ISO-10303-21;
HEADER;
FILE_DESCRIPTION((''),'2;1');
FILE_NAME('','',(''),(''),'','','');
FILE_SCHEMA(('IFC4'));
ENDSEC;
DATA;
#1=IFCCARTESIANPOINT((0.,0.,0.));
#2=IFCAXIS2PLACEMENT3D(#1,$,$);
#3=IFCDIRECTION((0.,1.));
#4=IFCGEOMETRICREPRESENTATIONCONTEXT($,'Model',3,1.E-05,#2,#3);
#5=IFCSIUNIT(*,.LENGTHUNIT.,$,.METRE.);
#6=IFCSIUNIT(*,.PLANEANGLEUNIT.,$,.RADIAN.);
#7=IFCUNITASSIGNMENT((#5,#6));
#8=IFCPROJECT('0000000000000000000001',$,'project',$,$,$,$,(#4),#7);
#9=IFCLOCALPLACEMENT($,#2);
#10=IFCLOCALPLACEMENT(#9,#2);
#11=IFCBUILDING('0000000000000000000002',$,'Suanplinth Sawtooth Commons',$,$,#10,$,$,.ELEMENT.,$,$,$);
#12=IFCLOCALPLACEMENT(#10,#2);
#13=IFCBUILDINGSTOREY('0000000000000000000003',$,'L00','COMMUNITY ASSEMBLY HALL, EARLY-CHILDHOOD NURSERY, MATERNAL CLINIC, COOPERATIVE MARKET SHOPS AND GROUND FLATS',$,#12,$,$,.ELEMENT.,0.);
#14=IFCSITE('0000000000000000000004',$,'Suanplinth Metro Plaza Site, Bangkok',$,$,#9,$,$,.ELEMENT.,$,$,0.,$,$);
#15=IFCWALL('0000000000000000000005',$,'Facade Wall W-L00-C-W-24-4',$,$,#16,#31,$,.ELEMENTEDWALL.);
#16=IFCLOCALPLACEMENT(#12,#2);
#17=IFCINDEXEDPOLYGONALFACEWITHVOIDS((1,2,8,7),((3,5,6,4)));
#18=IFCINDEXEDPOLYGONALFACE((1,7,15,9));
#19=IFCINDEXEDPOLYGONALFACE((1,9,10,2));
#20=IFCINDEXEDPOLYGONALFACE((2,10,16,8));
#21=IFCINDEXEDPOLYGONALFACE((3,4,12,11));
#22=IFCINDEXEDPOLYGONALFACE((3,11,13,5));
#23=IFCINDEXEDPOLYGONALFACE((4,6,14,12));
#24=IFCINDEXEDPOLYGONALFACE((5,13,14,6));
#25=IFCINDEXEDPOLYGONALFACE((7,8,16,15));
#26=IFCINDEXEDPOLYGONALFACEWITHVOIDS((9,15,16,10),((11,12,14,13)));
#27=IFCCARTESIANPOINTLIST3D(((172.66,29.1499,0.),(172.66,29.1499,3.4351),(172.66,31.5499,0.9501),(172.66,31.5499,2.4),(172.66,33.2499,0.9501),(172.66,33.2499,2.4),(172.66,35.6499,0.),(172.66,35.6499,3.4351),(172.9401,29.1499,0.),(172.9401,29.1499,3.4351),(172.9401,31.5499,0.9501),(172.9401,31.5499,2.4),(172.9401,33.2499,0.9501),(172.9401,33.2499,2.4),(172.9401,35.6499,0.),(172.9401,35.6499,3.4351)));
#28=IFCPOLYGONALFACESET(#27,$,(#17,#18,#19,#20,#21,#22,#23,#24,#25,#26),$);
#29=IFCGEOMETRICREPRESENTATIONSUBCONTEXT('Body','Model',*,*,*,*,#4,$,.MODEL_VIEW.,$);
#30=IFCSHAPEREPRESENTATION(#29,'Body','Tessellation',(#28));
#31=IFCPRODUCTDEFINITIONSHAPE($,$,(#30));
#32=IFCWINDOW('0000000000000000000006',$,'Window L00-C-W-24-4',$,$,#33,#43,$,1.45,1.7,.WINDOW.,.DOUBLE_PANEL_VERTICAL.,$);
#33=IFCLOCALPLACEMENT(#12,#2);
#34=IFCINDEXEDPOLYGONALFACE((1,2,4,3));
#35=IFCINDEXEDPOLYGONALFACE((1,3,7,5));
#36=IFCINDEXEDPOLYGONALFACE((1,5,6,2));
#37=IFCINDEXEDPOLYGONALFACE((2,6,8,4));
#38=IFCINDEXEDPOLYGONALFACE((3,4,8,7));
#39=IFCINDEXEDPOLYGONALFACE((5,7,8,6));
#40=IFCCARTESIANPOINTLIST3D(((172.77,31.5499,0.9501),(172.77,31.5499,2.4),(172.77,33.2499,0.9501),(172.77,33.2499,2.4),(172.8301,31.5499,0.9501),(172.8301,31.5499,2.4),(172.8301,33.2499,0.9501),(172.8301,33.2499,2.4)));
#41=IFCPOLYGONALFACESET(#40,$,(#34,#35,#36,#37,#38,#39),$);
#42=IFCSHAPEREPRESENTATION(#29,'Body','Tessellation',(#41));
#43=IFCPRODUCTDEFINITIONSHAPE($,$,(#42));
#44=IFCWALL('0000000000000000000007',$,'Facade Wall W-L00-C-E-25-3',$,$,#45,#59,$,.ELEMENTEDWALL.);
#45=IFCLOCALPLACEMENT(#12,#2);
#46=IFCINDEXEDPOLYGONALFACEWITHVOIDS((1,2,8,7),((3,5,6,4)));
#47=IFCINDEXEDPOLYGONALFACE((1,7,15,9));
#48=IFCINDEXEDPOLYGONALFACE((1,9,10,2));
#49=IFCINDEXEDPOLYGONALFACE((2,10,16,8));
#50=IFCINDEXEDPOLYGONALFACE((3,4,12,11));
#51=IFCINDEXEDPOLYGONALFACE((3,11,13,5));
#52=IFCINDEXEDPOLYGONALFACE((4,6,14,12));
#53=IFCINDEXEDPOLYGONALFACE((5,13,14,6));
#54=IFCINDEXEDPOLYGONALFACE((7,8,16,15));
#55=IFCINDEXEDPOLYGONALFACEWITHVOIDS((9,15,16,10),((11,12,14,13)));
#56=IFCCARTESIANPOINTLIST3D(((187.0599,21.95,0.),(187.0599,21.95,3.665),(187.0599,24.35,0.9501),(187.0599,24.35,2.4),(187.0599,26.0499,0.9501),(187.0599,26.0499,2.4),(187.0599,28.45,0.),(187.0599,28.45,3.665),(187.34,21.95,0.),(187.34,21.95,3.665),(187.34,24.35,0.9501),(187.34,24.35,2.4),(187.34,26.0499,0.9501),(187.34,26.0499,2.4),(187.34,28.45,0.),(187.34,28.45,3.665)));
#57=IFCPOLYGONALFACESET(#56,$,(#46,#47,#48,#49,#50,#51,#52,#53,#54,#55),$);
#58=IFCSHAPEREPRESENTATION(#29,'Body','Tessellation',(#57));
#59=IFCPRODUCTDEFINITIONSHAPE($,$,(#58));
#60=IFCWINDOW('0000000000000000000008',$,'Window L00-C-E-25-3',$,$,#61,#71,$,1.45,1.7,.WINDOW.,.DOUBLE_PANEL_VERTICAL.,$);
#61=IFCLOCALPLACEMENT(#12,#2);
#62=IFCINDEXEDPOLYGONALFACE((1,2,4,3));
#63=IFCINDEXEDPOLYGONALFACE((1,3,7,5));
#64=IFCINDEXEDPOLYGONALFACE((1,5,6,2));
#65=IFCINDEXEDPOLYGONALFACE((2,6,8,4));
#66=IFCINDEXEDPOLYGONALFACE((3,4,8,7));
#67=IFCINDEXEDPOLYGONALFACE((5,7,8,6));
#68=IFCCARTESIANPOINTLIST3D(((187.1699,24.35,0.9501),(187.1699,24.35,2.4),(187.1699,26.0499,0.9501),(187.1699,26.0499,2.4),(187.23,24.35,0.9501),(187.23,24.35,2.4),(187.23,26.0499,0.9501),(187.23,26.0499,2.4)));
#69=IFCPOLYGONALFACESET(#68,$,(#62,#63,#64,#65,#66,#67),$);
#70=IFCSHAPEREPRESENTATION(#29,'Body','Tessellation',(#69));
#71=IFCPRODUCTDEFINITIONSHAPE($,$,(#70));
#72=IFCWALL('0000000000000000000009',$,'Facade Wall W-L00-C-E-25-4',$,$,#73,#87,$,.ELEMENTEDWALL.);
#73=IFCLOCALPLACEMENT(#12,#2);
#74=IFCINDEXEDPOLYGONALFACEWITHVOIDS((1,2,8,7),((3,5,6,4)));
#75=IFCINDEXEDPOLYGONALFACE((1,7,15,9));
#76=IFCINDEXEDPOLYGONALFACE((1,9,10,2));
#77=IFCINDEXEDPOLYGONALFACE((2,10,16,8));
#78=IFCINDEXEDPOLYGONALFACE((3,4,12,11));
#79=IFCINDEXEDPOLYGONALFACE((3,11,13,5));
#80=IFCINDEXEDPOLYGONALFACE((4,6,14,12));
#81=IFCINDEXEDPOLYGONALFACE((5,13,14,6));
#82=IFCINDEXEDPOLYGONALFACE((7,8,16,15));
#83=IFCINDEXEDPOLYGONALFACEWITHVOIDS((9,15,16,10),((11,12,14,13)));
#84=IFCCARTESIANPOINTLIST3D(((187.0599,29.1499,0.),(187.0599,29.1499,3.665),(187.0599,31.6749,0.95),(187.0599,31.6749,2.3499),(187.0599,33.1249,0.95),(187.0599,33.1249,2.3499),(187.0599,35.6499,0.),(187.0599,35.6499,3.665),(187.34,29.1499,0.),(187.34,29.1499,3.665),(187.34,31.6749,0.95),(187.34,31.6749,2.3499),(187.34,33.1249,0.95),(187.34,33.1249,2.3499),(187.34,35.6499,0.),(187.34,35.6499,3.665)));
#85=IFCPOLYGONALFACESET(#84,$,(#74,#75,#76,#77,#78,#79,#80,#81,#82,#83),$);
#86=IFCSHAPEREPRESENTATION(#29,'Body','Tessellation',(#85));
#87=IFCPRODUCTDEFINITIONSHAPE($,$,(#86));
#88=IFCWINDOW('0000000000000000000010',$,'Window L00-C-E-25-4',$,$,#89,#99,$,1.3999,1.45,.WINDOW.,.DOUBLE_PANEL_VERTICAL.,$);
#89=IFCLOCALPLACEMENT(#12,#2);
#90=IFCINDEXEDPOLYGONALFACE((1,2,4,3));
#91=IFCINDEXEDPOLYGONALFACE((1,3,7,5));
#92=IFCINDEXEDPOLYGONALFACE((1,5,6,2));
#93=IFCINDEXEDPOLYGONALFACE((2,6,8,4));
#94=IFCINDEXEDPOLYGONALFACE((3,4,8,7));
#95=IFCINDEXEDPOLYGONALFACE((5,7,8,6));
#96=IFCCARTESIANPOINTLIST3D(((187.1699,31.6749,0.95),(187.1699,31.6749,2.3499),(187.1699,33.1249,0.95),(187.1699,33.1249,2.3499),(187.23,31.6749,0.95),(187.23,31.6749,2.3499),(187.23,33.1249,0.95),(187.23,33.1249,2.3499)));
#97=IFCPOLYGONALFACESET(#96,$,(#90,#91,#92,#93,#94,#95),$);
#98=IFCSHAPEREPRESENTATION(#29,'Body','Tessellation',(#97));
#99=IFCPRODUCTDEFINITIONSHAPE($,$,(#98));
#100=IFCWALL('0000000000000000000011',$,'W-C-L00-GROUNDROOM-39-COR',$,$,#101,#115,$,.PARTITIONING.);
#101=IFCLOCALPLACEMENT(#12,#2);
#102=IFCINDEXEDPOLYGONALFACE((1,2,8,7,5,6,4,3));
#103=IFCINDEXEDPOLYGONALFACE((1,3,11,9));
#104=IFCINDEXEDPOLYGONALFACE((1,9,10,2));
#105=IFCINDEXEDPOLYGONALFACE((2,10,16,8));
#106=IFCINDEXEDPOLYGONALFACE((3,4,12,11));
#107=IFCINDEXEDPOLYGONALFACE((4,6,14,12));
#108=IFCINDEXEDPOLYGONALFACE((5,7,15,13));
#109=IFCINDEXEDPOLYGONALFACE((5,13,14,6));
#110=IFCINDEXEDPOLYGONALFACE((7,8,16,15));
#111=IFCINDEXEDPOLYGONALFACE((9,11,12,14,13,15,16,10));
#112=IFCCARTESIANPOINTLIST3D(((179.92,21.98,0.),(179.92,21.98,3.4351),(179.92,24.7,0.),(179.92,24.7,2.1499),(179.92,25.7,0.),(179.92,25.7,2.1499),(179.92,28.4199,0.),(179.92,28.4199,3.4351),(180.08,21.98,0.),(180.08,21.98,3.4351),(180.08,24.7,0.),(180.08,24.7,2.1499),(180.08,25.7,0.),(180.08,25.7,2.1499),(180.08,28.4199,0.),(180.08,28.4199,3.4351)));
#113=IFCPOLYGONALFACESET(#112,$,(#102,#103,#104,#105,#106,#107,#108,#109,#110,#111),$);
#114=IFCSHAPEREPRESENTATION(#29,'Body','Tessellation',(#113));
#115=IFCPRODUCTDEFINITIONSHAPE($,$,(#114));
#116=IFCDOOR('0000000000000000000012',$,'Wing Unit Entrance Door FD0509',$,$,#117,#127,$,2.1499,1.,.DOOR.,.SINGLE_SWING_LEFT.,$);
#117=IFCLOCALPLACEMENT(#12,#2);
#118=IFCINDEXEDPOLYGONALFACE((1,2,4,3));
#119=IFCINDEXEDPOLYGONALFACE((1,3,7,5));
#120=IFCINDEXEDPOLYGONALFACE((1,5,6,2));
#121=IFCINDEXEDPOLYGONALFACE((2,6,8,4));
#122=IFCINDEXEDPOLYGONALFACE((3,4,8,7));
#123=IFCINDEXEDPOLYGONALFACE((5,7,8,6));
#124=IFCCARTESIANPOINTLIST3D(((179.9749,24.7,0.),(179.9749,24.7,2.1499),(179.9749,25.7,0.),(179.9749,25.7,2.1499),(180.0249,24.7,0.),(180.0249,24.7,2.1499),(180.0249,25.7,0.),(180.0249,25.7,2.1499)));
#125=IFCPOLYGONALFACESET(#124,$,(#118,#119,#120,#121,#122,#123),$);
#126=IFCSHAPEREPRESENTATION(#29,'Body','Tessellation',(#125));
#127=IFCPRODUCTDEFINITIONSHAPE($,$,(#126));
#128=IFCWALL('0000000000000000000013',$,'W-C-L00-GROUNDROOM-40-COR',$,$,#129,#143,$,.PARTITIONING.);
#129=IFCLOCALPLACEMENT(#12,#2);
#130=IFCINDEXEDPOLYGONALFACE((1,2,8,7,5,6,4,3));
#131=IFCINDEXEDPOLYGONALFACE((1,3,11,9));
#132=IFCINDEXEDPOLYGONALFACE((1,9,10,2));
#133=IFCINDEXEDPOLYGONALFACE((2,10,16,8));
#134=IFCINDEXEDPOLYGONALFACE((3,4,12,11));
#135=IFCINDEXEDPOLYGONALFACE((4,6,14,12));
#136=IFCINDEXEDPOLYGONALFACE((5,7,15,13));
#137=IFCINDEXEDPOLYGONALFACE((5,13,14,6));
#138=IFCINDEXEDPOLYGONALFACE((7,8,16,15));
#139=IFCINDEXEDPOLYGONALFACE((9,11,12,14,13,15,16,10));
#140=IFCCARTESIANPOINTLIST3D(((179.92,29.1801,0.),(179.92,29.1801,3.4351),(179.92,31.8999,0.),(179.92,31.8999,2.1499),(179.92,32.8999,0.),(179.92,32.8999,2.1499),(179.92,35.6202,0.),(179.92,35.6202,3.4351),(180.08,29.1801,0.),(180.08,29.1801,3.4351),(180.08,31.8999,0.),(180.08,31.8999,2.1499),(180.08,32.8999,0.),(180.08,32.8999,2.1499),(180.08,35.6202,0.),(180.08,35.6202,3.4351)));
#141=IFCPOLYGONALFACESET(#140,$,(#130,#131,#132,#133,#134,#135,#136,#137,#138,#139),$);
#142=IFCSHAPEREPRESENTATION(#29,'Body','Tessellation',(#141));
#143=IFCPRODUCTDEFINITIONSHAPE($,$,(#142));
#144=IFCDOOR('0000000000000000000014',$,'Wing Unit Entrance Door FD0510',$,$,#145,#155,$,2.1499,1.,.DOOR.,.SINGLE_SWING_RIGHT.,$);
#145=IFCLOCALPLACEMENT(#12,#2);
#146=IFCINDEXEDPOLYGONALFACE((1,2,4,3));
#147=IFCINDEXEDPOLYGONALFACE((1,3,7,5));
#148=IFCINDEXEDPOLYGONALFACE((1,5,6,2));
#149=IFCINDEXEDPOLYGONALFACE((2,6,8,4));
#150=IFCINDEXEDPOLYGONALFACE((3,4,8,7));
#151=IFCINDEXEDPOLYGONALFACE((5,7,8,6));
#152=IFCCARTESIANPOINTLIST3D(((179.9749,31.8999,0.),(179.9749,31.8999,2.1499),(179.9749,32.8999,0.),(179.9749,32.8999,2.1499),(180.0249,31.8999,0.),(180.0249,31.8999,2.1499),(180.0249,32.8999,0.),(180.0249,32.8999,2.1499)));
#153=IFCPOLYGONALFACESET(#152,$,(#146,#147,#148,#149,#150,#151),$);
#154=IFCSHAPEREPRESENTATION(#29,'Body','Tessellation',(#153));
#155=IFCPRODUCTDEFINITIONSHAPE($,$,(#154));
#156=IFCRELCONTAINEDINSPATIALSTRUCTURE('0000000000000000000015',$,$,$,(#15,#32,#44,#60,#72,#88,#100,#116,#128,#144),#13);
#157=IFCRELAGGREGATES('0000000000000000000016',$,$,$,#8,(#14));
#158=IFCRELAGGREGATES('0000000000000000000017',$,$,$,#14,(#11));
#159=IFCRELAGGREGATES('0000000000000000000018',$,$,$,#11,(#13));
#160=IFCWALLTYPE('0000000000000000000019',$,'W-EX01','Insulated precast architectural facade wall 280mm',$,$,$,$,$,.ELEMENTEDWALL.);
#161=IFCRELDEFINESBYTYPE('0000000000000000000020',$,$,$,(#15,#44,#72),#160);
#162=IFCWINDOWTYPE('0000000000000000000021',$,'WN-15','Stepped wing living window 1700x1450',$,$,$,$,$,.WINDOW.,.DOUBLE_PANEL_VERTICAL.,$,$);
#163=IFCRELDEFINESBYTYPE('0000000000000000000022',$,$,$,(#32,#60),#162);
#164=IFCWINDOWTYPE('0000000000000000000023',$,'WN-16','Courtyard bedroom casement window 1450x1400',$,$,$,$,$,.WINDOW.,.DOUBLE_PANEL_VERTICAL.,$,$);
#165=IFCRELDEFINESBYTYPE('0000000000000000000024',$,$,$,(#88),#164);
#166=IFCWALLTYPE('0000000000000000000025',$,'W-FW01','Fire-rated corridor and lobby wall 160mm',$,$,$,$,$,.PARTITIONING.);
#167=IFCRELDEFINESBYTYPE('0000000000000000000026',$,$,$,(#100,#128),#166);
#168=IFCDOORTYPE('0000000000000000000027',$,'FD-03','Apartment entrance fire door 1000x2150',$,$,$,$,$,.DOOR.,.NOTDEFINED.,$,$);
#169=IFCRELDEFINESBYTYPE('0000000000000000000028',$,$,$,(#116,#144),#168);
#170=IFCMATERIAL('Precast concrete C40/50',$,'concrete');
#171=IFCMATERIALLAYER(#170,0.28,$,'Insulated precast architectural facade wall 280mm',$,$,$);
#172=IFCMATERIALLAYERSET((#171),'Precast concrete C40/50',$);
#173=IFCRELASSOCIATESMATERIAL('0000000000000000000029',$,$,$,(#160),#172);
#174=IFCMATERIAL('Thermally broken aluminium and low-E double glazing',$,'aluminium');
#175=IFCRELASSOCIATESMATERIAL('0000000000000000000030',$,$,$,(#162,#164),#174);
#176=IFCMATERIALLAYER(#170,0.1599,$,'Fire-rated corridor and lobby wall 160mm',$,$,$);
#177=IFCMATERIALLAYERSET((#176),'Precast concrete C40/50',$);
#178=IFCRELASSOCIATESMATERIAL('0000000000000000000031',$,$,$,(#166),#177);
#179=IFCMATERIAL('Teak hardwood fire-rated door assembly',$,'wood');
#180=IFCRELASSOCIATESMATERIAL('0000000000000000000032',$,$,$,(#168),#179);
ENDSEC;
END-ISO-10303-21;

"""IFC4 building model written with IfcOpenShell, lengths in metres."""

from ifc_helpers import new_model, si_unit, direction, frame, frame_2d, origin, place, context, subcontext, project, spatial, rectangle, extrude, material, layer, layer_set, type_object, element, fill, save


model = new_model("IFC4")

# Units and contexts
model_context = context("Model", 3, precision=1e-05, world=origin(), true_north=direction((0.0, 1.0)))
body_context = subcontext(model_context, "Body", "Model", "MODEL_VIEW")
ifc_project = project(units=[si_unit("LENGTHUNIT", "METRE"), si_unit("PLANEANGLEUNIT", "RADIAN")], contexts=[model_context])

# Site, building, storey
site_placement = place(None, origin())
site = spatial("IfcSite", under=ifc_project, at=site_placement, Name="Suanplinth Metro Plaza Site, Bangkok", CompositionType="ELEMENT", RefElevation=0.0)
building_placement = place(site_placement, origin())
building = spatial("IfcBuilding", under=site, at=building_placement, Name="Suanplinth Sawtooth Commons", CompositionType="ELEMENT")
storey_placement = place(building_placement, origin())
storey = spatial("IfcBuildingStorey", under=building, at=storey_placement, Name="L00", Description="COMMUNITY ASSEMBLY HALL, EARLY-CHILDHOOD NURSERY, MATERNAL CLINIC, COOPERATIVE MARKET SHOPS AND GROUND FLATS", CompositionType="ELEMENT", Elevation=0.0)

# Shared definitions
ifc_material_1 = material(Name="Precast concrete C40/50", Category="concrete")

# Walls, openings, windows
ifc_layer_1 = layer(ifc_material_1, 0.28, Name="Insulated precast architectural facade wall 280mm")
ifc_layer_set_1 = layer_set([ifc_layer_1], Name="Precast concrete C40/50")
wall_type_1 = type_object("IfcWallType", Name="W-EX01", Description="Insulated precast architectural facade wall 280mm", PredefinedType="ELEMENTEDWALL", material=ifc_layer_set_1)
ifc_material_2 = material(Name="Thermally broken aluminium and low-E double glazing", Category="aluminium")
wall_1_placement = place(storey_placement, frame((172.8, 29.1499, 0.0), z_axis=(0.0, 0.0, 1.0), x_axis=(0.0, 1.0, 0.0)))
wall_1 = element("IfcWall", 1, at=wall_1_placement, inside=storey, type_object=wall_type_1, Name="Facade Wall W-L00-C-W-24-4", PredefinedType="ELEMENTEDWALL", context=body_context, shape_type="SweptSolid", body=[
    extrude(rectangle(XDim=6.5, YDim=0.28, at=frame_2d((3.25, 0.0))), origin(), (0.0, 0.0, 1.0), 3.4351),
])
opening_1_placement = place(wall_1_placement, frame((2.3999, 0.0, 0.95)))
opening_1 = element("IfcOpeningElement", 2, at=opening_1_placement, cuts=wall_1, PredefinedType="OPENING", context=body_context, shape_type="SweptSolid", body=[
    extrude(rectangle(XDim=1.7, YDim=1.45, at=frame_2d((0.8501, 0.7251))), frame((0.0, 0.1548, 0.0), z_axis=(0.0, -1.0, 0.0), x_axis=(1.0, 0.0, 0.0)), (0.0, 0.0, 1.0), 0.3098),
])
window_type_1 = type_object("IfcWindowType", Name="WN-15", Description="Stepped wing living window 1700x1450", PartitioningType="DOUBLE_PANEL_VERTICAL", PredefinedType="WINDOW", material=ifc_material_2)
window_1_placement = place(opening_1_placement, origin())
window_1 = element("IfcWindow", 3, at=window_1_placement, inside=storey, type_object=window_type_1, Name="Window L00-C-W-24-4", OverallHeight=1.45, OverallWidth=1.7, PartitioningType="DOUBLE_PANEL_VERTICAL", PredefinedType="WINDOW", context=body_context, shape_type="SweptSolid", body=[
    extrude(rectangle(XDim=1.7, YDim=1.45, at=frame_2d((0.8501, 0.7251))), frame((0.0, 0.03, 0.0), z_axis=(0.0, -1.0, 0.0), x_axis=(1.0, 0.0, 0.0)), (0.0, 0.0, 1.0), 0.0601),
])
fill(opening_1, window_1)
wall_2_placement = place(storey_placement, frame((187.2, 21.95, 0.0), z_axis=(0.0, 0.0, 1.0), x_axis=(0.0, 1.0, 0.0)))
wall_2 = element("IfcWall", 4, at=wall_2_placement, inside=storey, type_object=wall_type_1, Name="Facade Wall W-L00-C-E-25-3", PredefinedType="ELEMENTEDWALL", context=body_context, shape_type="SweptSolid", body=[
    extrude(rectangle(XDim=6.5, YDim=0.28, at=frame_2d((3.25, 0.0))), origin(), (0.0, 0.0, 1.0), 3.665),
])
opening_2_placement = place(wall_2_placement, frame((2.3999, 0.0, 0.95)))
opening_2 = element("IfcOpeningElement", 5, at=opening_2_placement, cuts=wall_2, PredefinedType="OPENING", context=body_context, shape_type="SweptSolid", body=[
    extrude(rectangle(XDim=1.7, YDim=1.45, at=frame_2d((0.8501, 0.7251))), frame((0.0, 0.1548, 0.0), z_axis=(0.0, -1.0, 0.0), x_axis=(1.0, 0.0, 0.0)), (0.0, 0.0, 1.0), 0.3098),
])
window_2_placement = place(opening_2_placement, origin())
window_2 = element("IfcWindow", 6, at=window_2_placement, inside=storey, type_object=window_type_1, Name="Window L00-C-E-25-3", OverallHeight=1.45, OverallWidth=1.7, PartitioningType="DOUBLE_PANEL_VERTICAL", PredefinedType="WINDOW", context=body_context, shape_type="SweptSolid", body=[
    extrude(rectangle(XDim=1.7, YDim=1.45, at=frame_2d((0.8501, 0.7251))), frame((0.0, 0.03, 0.0), z_axis=(0.0, -1.0, 0.0), x_axis=(1.0, 0.0, 0.0)), (0.0, 0.0, 1.0), 0.0601),
])
fill(opening_2, window_2)
wall_3_placement = place(storey_placement, frame((187.2, 29.1499, 0.0), z_axis=(0.0, 0.0, 1.0), x_axis=(0.0, 1.0, 0.0)))
wall_3 = element("IfcWall", 7, at=wall_3_placement, inside=storey, type_object=wall_type_1, Name="Facade Wall W-L00-C-E-25-4", PredefinedType="ELEMENTEDWALL", context=body_context, shape_type="SweptSolid", body=[
    extrude(rectangle(XDim=6.5, YDim=0.28, at=frame_2d((3.25, 0.0))), origin(), (0.0, 0.0, 1.0), 3.665),
])
opening_3_placement = place(wall_3_placement, frame((2.5249, 0.0, 0.95)))
opening_3 = element("IfcOpeningElement", 8, at=opening_3_placement, cuts=wall_3, PredefinedType="OPENING", context=body_context, shape_type="SweptSolid", body=[
    extrude(rectangle(XDim=1.45, YDim=1.3999, at=frame_2d((0.7251, 0.7))), frame((0.0, 0.1548, 0.0), z_axis=(0.0, -1.0, 0.0), x_axis=(1.0, 0.0, 0.0)), (0.0, 0.0, 1.0), 0.3098),
])
window_type_2 = type_object("IfcWindowType", Name="WN-16", Description="Courtyard bedroom casement window 1450x1400", PartitioningType="DOUBLE_PANEL_VERTICAL", PredefinedType="WINDOW", material=ifc_material_2)
window_3_placement = place(opening_3_placement, origin())
window_3 = element("IfcWindow", 9, at=window_3_placement, inside=storey, type_object=window_type_2, Name="Window L00-C-E-25-4", OverallHeight=1.3999, OverallWidth=1.45, PartitioningType="DOUBLE_PANEL_VERTICAL", PredefinedType="WINDOW", context=body_context, shape_type="SweptSolid", body=[
    extrude(rectangle(XDim=1.45, YDim=1.3999, at=frame_2d((0.7251, 0.7))), frame((0.0, 0.03, 0.0), z_axis=(0.0, -1.0, 0.0), x_axis=(1.0, 0.0, 0.0)), (0.0, 0.0, 1.0), 0.0601),
])
fill(opening_3, window_3)

# Walls, openings, doors
ifc_layer_2 = layer(ifc_material_1, 0.1599, Name="Fire-rated corridor and lobby wall 160mm")
ifc_layer_set_2 = layer_set([ifc_layer_2], Name="Precast concrete C40/50")
wall_type_2 = type_object("IfcWallType", Name="W-FW01", Description="Fire-rated corridor and lobby wall 160mm", PredefinedType="PARTITIONING", material=ifc_layer_set_2)
wall_4_placement = place(storey_placement, frame((180.0, 21.98, 0.0), z_axis=(0.0, 0.0, 1.0), x_axis=(0.0, 1.0, 0.0)))
wall_4 = element("IfcWall", 10, at=wall_4_placement, inside=storey, type_object=wall_type_2, Name="W-C-L00-GROUNDROOM-39-COR", PredefinedType="PARTITIONING", context=body_context, shape_type="SweptSolid", body=[
    extrude(rectangle(XDim=6.4399, YDim=0.1599, at=frame_2d((3.22, 0.0))), origin(), (0.0, 0.0, 1.0), 3.4351),
])
opening_4_placement = place(wall_4_placement, frame((2.72, 0.0, 0.0)))
opening_4 = element("IfcOpeningElement", 11, at=opening_4_placement, cuts=wall_4, PredefinedType="OPENING", context=body_context, shape_type="SweptSolid", body=[
    extrude(rectangle(XDim=1.0, YDim=2.1499, at=frame_2d((0.5, 1.075))), frame((0.0, 0.0947, 0.0), z_axis=(0.0, -1.0, 0.0), x_axis=(1.0, 0.0, 0.0)), (0.0, 0.0, 1.0), 0.1897),
])
ifc_material_3 = material(Name="Teak hardwood fire-rated door assembly", Category="wood")
door_type = type_object("IfcDoorType", Name="FD-03", Description="Apartment entrance fire door 1000x2150", OperationType="NOTDEFINED", PredefinedType="DOOR", material=ifc_material_3)
door_1_placement = place(opening_4_placement, frame((1.0, 0.0, 0.0), z_axis=(0.0, 0.0, 1.0), x_axis=(-1.0, 0.0, 0.0)))
door_1 = element("IfcDoor", 12, at=door_1_placement, inside=storey, type_object=door_type, Name="Wing Unit Entrance Door FD0509", OperationType="SINGLE_SWING_LEFT", OverallHeight=2.1499, OverallWidth=1.0, PredefinedType="DOOR", context=body_context, shape_type="SweptSolid", body=[
    extrude(rectangle(XDim=1.0, YDim=2.1499, at=frame_2d((0.5, 1.075))), frame((0.0, 0.0249, 0.0), z_axis=(0.0, -1.0, 0.0), x_axis=(1.0, 0.0, 0.0)), (0.0, 0.0, 1.0), 0.05),
])
fill(opening_4, door_1)
wall_5_placement = place(storey_placement, frame((180.0, 29.1799, 0.0), z_axis=(0.0, 0.0, 1.0), x_axis=(0.0, 1.0, 0.0)))
wall_5 = element("IfcWall", 13, at=wall_5_placement, inside=storey, type_object=wall_type_2, Name="W-C-L00-GROUNDROOM-40-COR", PredefinedType="PARTITIONING", context=body_context, shape_type="SweptSolid", body=[
    extrude(rectangle(XDim=6.4402, YDim=0.1599, at=frame_2d((3.2202, 0.0))), origin(), (0.0, 0.0, 1.0), 3.4351),
])
opening_5_placement = place(wall_5_placement, frame((2.72, 0.0, 0.0)))
opening_5 = element("IfcOpeningElement", 14, at=opening_5_placement, cuts=wall_5, PredefinedType="OPENING", context=body_context, shape_type="SweptSolid", body=[
    extrude(rectangle(XDim=1.0, YDim=2.1499, at=frame_2d((0.5, 1.075))), frame((0.0, 0.0947, 0.0), z_axis=(0.0, -1.0, 0.0), x_axis=(1.0, 0.0, 0.0)), (0.0, 0.0, 1.0), 0.1897),
])
door_2_placement = place(opening_5_placement, frame((1.0, 0.0, 0.0), z_axis=(0.0, 0.0, 1.0), x_axis=(-1.0, 0.0, 0.0)))
door_2 = element("IfcDoor", 15, at=door_2_placement, inside=storey, type_object=door_type, Name="Wing Unit Entrance Door FD0510", OperationType="SINGLE_SWING_RIGHT", OverallHeight=2.1499, OverallWidth=1.0, PredefinedType="DOOR", context=body_context, shape_type="SweptSolid", body=[
    extrude(rectangle(XDim=1.0, YDim=2.1499, at=frame_2d((0.5, 1.075))), frame((0.0, 0.0249, 0.0), z_axis=(0.0, -1.0, 0.0), x_axis=(1.0, 0.0, 0.0)), (0.0, 0.0, 1.0), 0.05),
])
fill(opening_5, door_2)

save(model, "model.ifc")
